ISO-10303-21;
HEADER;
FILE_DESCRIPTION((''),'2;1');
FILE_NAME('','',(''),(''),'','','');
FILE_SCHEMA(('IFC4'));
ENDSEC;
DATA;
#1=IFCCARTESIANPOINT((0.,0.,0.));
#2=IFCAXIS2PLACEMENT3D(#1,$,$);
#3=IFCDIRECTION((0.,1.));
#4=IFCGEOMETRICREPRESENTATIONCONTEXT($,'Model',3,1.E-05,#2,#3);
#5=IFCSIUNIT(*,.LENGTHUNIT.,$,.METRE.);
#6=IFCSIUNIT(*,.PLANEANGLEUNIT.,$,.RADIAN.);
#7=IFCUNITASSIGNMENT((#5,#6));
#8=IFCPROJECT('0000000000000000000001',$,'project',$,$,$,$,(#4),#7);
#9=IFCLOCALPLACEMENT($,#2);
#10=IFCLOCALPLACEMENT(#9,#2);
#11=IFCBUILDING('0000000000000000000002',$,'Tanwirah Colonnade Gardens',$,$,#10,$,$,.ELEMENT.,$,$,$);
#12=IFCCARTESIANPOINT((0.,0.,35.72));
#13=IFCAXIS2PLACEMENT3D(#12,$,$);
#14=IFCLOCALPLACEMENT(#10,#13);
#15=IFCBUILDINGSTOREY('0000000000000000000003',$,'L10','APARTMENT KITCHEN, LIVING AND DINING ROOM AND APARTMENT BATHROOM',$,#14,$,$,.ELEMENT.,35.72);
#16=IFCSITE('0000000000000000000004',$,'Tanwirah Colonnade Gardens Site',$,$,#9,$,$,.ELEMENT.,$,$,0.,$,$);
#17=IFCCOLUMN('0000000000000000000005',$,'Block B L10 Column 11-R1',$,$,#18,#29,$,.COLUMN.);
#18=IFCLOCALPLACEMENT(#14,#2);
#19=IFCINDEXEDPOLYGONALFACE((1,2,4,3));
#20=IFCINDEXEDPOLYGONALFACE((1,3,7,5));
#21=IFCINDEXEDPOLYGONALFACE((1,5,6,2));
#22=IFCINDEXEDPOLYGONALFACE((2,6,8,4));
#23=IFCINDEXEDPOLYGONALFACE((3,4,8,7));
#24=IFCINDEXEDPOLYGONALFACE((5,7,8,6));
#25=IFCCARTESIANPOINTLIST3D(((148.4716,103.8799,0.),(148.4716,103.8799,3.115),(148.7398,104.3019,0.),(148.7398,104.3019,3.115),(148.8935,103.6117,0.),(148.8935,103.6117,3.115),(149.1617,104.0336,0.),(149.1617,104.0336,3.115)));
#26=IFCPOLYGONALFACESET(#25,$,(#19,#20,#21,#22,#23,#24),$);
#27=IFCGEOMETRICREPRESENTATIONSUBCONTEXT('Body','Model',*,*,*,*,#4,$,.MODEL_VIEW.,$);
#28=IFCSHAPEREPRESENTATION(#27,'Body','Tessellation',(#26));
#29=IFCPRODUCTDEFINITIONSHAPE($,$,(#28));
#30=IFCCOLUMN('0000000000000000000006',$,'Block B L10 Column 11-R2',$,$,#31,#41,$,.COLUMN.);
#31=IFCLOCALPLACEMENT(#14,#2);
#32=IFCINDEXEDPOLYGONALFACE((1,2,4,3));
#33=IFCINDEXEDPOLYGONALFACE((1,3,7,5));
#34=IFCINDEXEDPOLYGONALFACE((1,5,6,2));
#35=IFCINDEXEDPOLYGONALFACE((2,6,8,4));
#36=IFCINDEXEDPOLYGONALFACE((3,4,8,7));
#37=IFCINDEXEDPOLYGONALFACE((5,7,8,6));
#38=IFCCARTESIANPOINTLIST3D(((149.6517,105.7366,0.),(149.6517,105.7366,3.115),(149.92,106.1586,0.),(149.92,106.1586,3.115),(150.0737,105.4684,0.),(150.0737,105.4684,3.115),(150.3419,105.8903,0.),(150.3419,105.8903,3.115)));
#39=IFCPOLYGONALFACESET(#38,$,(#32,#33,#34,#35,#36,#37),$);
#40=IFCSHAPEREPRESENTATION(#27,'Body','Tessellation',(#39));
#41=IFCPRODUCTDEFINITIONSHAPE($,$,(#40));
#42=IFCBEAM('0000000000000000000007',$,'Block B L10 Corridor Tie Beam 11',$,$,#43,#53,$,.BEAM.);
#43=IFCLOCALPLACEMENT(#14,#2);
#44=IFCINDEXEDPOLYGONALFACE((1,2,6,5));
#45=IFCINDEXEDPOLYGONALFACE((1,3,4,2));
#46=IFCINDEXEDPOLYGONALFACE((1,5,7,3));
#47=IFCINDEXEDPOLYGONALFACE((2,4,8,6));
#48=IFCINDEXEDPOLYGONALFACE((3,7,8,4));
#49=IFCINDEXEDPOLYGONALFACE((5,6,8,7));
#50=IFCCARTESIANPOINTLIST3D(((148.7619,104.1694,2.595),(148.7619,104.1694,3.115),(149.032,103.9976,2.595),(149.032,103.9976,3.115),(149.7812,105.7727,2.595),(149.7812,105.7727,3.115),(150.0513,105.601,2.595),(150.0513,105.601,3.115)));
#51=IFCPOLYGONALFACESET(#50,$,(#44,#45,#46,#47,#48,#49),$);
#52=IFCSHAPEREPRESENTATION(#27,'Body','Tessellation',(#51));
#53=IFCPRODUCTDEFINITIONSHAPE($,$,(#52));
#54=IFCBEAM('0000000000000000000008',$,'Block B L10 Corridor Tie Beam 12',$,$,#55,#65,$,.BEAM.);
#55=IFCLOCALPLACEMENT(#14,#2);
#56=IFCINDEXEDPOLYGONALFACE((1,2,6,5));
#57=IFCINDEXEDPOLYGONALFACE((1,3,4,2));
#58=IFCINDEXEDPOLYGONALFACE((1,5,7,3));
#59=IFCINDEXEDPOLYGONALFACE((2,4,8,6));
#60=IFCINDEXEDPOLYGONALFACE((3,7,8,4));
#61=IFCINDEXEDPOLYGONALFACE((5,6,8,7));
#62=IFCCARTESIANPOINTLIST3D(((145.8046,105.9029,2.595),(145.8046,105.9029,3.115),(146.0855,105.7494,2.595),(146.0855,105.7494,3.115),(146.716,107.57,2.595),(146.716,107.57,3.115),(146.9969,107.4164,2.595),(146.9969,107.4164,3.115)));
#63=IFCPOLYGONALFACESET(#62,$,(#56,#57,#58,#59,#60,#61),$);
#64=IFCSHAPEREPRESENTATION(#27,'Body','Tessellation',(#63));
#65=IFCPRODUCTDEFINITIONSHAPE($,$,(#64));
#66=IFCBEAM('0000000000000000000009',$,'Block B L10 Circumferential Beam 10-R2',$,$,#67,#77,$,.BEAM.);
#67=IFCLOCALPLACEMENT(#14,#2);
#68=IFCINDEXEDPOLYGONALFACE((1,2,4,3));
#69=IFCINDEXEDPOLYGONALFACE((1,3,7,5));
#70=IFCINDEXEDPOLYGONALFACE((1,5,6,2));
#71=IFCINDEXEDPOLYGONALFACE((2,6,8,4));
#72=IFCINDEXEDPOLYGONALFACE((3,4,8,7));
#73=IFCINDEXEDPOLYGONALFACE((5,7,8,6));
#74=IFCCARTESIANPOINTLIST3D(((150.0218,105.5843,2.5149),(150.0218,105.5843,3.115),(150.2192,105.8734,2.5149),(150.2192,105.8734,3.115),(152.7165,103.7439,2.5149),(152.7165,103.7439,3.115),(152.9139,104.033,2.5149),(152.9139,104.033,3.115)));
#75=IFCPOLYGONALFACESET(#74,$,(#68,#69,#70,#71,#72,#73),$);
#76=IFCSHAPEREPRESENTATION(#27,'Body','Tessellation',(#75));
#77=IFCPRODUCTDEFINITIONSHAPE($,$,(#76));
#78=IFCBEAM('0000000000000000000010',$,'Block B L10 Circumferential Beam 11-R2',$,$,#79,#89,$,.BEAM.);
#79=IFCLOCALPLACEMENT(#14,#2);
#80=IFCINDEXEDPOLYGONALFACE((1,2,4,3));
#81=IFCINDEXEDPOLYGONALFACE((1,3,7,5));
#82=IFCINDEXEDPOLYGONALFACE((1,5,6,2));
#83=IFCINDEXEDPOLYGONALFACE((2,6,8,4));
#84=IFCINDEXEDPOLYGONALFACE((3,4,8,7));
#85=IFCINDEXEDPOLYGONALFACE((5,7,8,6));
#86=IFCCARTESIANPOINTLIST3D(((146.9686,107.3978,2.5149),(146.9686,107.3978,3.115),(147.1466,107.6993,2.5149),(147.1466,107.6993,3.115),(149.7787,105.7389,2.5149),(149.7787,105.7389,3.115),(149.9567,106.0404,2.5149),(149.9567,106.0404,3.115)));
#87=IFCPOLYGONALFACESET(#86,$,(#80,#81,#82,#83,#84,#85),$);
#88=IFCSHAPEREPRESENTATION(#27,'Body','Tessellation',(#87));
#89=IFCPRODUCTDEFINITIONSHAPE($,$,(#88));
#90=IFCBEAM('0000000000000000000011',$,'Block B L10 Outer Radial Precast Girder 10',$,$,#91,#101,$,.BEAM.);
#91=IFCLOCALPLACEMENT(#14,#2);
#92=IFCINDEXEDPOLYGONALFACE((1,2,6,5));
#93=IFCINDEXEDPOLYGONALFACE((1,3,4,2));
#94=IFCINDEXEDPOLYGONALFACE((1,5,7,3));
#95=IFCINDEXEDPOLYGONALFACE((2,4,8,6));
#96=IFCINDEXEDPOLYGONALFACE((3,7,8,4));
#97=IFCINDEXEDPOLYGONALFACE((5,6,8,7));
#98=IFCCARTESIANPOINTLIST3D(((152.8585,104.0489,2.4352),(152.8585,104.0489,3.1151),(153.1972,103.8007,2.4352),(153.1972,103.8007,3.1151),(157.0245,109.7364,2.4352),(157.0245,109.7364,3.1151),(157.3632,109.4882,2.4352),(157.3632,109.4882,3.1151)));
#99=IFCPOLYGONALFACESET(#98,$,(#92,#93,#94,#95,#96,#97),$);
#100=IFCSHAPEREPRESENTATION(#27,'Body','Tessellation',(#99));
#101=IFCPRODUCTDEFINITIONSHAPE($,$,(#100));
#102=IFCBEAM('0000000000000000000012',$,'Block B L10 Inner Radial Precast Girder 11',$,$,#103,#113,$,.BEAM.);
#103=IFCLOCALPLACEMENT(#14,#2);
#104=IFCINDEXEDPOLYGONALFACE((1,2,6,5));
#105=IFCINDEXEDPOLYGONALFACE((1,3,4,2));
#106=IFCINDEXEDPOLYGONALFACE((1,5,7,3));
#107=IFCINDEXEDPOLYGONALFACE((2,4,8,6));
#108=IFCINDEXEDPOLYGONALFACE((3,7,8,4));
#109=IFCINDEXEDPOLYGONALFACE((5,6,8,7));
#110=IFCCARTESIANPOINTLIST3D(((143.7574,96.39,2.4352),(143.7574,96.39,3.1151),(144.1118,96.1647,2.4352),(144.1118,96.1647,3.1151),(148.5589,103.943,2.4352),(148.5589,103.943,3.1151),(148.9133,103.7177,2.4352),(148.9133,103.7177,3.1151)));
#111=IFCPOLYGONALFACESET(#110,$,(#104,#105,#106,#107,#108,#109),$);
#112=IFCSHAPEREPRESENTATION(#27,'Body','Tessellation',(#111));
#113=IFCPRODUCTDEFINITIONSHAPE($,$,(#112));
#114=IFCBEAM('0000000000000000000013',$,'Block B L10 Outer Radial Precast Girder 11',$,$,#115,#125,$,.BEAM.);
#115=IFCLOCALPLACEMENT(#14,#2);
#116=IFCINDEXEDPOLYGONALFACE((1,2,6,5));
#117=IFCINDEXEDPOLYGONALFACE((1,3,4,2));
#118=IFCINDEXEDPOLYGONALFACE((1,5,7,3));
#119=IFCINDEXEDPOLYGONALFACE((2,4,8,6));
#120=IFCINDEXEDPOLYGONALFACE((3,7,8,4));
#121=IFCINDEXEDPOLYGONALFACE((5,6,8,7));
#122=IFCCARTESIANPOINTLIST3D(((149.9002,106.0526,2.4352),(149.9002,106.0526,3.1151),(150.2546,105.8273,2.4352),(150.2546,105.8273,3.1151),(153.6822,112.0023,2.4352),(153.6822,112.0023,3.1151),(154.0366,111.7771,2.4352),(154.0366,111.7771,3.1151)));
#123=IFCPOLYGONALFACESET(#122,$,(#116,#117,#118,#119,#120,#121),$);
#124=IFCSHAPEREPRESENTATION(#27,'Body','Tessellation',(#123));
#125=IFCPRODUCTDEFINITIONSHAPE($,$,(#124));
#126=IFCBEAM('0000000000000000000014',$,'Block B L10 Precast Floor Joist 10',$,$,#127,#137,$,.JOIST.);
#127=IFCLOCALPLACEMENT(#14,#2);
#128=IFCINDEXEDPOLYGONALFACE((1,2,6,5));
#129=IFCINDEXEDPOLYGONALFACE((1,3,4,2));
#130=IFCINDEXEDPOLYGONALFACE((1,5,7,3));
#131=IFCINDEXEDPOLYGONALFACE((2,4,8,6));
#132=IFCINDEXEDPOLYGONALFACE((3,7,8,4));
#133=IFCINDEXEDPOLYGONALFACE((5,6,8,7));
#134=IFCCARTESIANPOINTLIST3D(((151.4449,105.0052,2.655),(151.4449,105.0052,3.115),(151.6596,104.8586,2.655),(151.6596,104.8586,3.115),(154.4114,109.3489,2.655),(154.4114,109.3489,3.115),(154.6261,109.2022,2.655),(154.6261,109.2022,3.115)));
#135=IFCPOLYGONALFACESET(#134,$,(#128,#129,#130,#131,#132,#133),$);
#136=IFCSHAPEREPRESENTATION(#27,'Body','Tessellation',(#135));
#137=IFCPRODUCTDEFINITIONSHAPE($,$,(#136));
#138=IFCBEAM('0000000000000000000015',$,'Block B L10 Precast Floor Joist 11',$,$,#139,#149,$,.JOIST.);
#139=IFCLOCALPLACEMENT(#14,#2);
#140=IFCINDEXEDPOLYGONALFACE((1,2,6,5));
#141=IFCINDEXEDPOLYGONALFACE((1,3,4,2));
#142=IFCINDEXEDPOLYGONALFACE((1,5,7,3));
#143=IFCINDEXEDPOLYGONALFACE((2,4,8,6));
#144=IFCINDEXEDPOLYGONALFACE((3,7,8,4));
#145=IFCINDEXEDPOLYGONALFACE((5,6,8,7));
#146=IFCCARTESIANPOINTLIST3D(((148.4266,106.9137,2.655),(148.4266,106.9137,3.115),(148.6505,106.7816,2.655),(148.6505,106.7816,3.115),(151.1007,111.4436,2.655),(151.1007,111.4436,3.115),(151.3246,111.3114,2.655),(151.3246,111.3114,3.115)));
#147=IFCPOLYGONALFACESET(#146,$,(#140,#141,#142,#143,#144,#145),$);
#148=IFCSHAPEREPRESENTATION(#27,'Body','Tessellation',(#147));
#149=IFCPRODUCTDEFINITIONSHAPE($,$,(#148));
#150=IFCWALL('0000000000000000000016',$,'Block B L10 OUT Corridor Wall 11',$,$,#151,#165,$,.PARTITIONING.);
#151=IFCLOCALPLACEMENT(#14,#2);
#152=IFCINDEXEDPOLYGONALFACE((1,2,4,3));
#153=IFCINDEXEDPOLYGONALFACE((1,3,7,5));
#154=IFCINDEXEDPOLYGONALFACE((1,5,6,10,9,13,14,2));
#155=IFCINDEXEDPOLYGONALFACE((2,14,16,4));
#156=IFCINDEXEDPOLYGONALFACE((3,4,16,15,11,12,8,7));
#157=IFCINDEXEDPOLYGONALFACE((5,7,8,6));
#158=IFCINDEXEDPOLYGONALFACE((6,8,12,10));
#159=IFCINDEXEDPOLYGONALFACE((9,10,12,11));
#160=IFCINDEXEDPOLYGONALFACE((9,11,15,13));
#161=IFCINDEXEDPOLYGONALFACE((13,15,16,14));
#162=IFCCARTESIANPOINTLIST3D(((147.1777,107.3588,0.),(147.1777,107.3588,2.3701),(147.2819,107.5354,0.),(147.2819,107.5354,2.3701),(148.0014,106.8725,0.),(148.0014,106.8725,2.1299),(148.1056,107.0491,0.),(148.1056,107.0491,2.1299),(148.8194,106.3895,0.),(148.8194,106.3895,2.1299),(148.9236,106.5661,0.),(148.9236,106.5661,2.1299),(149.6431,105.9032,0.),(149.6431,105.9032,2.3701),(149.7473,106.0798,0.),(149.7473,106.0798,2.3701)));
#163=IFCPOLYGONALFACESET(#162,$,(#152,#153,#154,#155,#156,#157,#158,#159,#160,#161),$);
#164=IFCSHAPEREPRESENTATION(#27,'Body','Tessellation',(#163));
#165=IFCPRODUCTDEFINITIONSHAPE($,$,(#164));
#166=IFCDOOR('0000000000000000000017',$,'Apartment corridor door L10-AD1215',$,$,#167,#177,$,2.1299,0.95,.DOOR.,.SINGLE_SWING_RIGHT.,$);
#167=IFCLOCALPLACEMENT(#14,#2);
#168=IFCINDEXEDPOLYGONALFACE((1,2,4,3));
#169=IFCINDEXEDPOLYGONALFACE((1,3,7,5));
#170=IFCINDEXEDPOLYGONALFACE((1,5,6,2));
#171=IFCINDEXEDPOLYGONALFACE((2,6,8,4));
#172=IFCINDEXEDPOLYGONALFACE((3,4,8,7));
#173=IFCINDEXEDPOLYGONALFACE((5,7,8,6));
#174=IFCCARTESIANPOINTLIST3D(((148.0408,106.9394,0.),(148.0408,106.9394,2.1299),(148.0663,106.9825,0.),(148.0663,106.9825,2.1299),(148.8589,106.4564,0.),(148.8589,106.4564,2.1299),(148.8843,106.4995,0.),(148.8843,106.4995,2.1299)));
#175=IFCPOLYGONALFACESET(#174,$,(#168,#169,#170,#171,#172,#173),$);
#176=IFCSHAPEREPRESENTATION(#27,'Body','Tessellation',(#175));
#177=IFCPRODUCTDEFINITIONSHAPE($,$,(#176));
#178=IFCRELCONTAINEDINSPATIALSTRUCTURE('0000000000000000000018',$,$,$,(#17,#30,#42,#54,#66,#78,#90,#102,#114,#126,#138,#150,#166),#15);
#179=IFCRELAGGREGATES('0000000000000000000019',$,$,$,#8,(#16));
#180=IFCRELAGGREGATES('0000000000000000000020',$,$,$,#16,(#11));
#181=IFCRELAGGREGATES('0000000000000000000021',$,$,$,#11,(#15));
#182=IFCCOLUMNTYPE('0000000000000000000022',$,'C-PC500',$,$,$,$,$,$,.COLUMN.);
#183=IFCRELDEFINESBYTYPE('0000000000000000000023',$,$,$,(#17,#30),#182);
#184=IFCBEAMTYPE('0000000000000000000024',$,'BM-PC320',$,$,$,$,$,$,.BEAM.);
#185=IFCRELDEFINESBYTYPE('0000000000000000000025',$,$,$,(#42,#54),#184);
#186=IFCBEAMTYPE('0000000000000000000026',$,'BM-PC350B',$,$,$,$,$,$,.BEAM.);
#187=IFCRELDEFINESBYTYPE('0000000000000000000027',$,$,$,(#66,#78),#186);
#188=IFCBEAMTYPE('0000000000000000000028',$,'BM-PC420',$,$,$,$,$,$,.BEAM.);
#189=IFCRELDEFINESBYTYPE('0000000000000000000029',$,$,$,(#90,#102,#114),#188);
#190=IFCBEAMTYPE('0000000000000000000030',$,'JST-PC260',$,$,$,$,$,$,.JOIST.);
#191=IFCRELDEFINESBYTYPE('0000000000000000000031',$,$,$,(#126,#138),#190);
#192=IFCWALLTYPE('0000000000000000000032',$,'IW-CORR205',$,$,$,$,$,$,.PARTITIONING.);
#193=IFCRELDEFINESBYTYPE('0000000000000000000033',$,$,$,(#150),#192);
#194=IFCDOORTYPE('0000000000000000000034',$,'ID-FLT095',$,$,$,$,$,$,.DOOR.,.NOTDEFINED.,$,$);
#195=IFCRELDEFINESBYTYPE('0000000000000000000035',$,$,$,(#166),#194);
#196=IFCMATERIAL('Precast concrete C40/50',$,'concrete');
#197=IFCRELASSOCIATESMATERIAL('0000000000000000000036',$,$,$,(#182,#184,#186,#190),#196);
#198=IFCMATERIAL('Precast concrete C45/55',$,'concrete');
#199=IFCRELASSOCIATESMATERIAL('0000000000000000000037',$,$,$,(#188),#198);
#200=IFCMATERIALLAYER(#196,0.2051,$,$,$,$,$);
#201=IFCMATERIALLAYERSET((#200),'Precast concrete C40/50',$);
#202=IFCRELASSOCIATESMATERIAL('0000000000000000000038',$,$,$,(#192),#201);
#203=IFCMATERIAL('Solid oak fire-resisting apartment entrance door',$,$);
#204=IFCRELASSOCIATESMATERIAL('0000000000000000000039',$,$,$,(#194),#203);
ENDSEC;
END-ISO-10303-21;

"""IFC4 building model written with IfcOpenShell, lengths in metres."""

from ifc_helpers import new_model, si_unit, direction, frame, frame_2d, origin, origin_2d, place, context, subcontext, project, spatial, rectangle, extrude, material, layer, layer_set, material_profile, profile_set, type_object, element, fill, save


model = new_model("IFC4")

# Units and contexts
model_context = context("Model", 3, precision=1e-05, world=origin(), true_north=direction((0.0, 1.0)))
body_context = subcontext(model_context, "Body", "Model", "MODEL_VIEW")
ifc_project = project(units=[si_unit("LENGTHUNIT", "METRE"), si_unit("PLANEANGLEUNIT", "RADIAN")], contexts=[model_context])

# Site, building, storey
site_placement = place(None, origin())
site = spatial("IfcSite", under=ifc_project, at=site_placement, Name="Tanwirah Colonnade Gardens Site", CompositionType="ELEMENT", RefElevation=0.0)
building_placement = place(site_placement, origin())
building = spatial("IfcBuilding", under=site, at=building_placement, Name="Tanwirah Colonnade Gardens", CompositionType="ELEMENT")
storey_placement = place(building_placement, frame((0.0, 0.0, 35.72)))
storey = spatial("IfcBuildingStorey", under=building, at=storey_placement, Name="L10", Description="APARTMENT KITCHEN, LIVING AND DINING ROOM AND APARTMENT BATHROOM", CompositionType="ELEMENT", Elevation=35.72)

# Columns
ifc_material_1 = material(Name="Precast concrete C40/50", Category="concrete")
ifc_material_profile_1 = material_profile(ifc_material_1, rectangle(XDim=0.5, YDim=0.5, at=origin_2d()), Name="PC-COL 500x500")
ifc_profile_set_1 = profile_set([ifc_material_profile_1], Name="Precast concrete C40/50")
column_type = type_object("IfcColumnType", Name="C-PC500", PredefinedType="COLUMN", material=ifc_profile_set_1)
for number, where, z_axis, x_axis, name in (
    (1, (148.8167, 103.9568, 0.0), (0.0, 0.0, 1.0), (0.536482, 0.843912, 0.0), "Block B L10 Column 11-R1"),
    (2, (149.9968, 105.8135, 0.0), (0.0, 0.0, 1.0), (0.536482, 0.843912, 0.0), "Block B L10 Column 11-R2"),
):
    element("IfcColumn", number, at=place(storey_placement, frame(where, z_axis=z_axis, x_axis=x_axis)), inside=storey, type_object=column_type, Name=name, PredefinedType="COLUMN", context=body_context, shape_type="SweptSolid", body=[
        extrude(rectangle(XDim=0.5, YDim=0.5, at=origin_2d()), origin(), (0.0, 0.0, 1.0), 3.115),
    ])

# Beams
ifc_material_profile_2 = material_profile(ifc_material_1, rectangle(XDim=0.3201, YDim=0.52, at=origin_2d()), Name="PC-BM 320x520")
ifc_profile_set_2 = profile_set([ifc_material_profile_2], Name="Precast concrete C40/50")
beam_type_1 = type_object("IfcBeamType", Name="BM-PC320", PredefinedType="BEAM", material=ifc_profile_set_2)
for number, where, z_axis, x_axis, name in (
    (3, (148.897, 104.0835, 2.855), (0.53651, 0.843894, 0.0), (-0.843894, 0.53651, 0.0), "Block B L10 Corridor Tie Beam 11"),
    (4, (145.9451, 105.8262, 2.855), (0.479707, 0.877429, 0.0), (-0.877429, 0.479707, 0.0), "Block B L10 Corridor Tie Beam 12"),
):
    element("IfcBeam", number, at=place(storey_placement, frame(where, z_axis=z_axis, x_axis=x_axis)), inside=storey, type_object=beam_type_1, Name=name, PredefinedType="BEAM", context=body_context, shape_type="SweptSolid", body=[
        extrude(rectangle(XDim=0.3201, YDim=0.52, at=origin_2d()), origin(), (0.0, 0.0, 1.0), 1.8999),
    ])
ifc_material_profile_3 = material_profile(ifc_material_1, rectangle(XDim=0.3501, YDim=0.6001, at=origin_2d()), Name="PC-BM 350x600")
ifc_profile_set_3 = profile_set([ifc_material_profile_3], Name="Precast concrete C40/50")
beam_type_2 = type_object("IfcBeamType", Name="BM-PC350B", PredefinedType="BEAM", material=ifc_profile_set_3)
for number, where, z_axis, x_axis, name in (
    (5, (152.8152, 103.8884, 2.8149), (-0.825782, 0.563989, 0.0), (-0.563989, -0.825782, 0.0), "Block B L10 Circumferential Beam 10-R2"),
    (6, (149.8677, 105.8896, 2.8149), (-0.861135, 0.508376, 0.0), (-0.508376, -0.861135, 0.0), "Block B L10 Circumferential Beam 11-R2"),
):
    element("IfcBeam", number, at=place(storey_placement, frame(where, z_axis=z_axis, x_axis=x_axis)), inside=storey, type_object=beam_type_2, Name=name, PredefinedType="BEAM", context=body_context, shape_type="SweptSolid", body=[
        extrude(rectangle(XDim=0.3501, YDim=0.6001, at=origin_2d()), origin(), (0.0, 0.0, 1.0), 3.2632),
    ])
ifc_material_2 = material(Name="Precast concrete C45/55", Category="concrete")
ifc_material_profile_4 = material_profile(ifc_material_2, rectangle(XDim=0.4199, YDim=0.6799, at=origin_2d()), Name="PC-BM 420x680")
ifc_profile_set_4 = profile_set([ifc_material_profile_4], Name="Precast concrete C45/55")
beam_type_3 = type_object("IfcBeamType", Name="BM-PC420", PredefinedType="BEAM", material=ifc_profile_set_4)
beam_1_placement = place(storey_placement, frame((153.0278, 103.9248, 2.7751), z_axis=(0.590919, 0.806731, 0.0), x_axis=(-0.806731, 0.590919, 0.0)))
element("IfcBeam", 7, at=beam_1_placement, inside=storey, type_object=beam_type_3, Name="Block B L10 Outer Radial Precast Girder 10", PredefinedType="BEAM", context=body_context, shape_type="SweptSolid", body=[
    extrude(rectangle(XDim=0.4199, YDim=0.6799, at=origin_2d()), origin(), (0.0, 0.0, 1.0), 7.05),
])
beam_2_placement = place(storey_placement, frame((148.7361, 103.8303, 2.7751), z_axis=(-0.536484, -0.843911, 0.0), x_axis=(0.843911, -0.536484, 0.0)))
element("IfcBeam", 8, at=beam_2_placement, inside=storey, type_object=beam_type_3, Name="Block B L10 Inner Radial Precast Girder 11", PredefinedType="BEAM", context=body_context, shape_type="SweptSolid", body=[
    extrude(rectangle(XDim=0.4199, YDim=0.6799, at=origin_2d()), origin(), (0.0, 0.0, 1.0), 8.95),
])
beam_3_placement = place(storey_placement, frame((150.0774, 105.9399, 2.7751), z_axis=(0.536452, 0.843931, 0.0), x_axis=(-0.843931, 0.536452, 0.0)))
element("IfcBeam", 9, at=beam_3_placement, inside=storey, type_object=beam_type_3, Name="Block B L10 Outer Radial Precast Girder 11", PredefinedType="BEAM", context=body_context, shape_type="SweptSolid", body=[
    extrude(rectangle(XDim=0.4199, YDim=0.6799, at=origin_2d()), origin(), (0.0, 0.0, 1.0), 7.05),
])
ifc_material_profile_5 = material_profile(ifc_material_1, rectangle(XDim=0.26, YDim=0.46, at=origin_2d()), Name="PC-JST 260x460")
ifc_profile_set_5 = profile_set([ifc_material_profile_5], Name="Precast concrete C40/50")
beam_type_4 = type_object("IfcBeamType", Name="JST-PC260", PredefinedType="JOIST", material=ifc_profile_set_5)
beam_4_placement = place(storey_placement, frame((151.5522, 104.9319, 2.885), z_axis=(0.563973, 0.825793, 0.0), x_axis=(-0.825793, 0.563973, 0.0)))
element("IfcBeam", 10, at=beam_4_placement, inside=storey, type_object=beam_type_4, Name="Block B L10 Precast Floor Joist 10", PredefinedType="JOIST", context=body_context, shape_type="SweptSolid", body=[
    extrude(rectangle(XDim=0.26, YDim=0.46, at=origin_2d()), origin(), (0.0, 0.0, 1.0), 5.26),
])
beam_5_placement = place(storey_placement, frame((148.5386, 106.8477, 2.885), z_axis=(0.50836, 0.861145, 0.0), x_axis=(-0.861145, 0.50836, 0.0)))
element("IfcBeam", 11, at=beam_5_placement, inside=storey, type_object=beam_type_4, Name="Block B L10 Precast Floor Joist 11", PredefinedType="JOIST", context=body_context, shape_type="SweptSolid", body=[
    extrude(rectangle(XDim=0.26, YDim=0.46, at=origin_2d()), origin(), (0.0, 0.0, 1.0), 5.2603),
])

# Wall, opening, door
ifc_layer_1 = layer(ifc_material_1, 0.2051)
ifc_layer_set_1 = layer_set([ifc_layer_1], Name="Precast concrete C40/50")
wall_type_1 = type_object("IfcWallType", Name="IW-CORR205", PredefinedType="PARTITIONING", material=ifc_layer_set_1)
ifc_material_3 = material(Name="Solid oak fire-resisting apartment entrance door")
wall_1_placement = place(storey_placement, frame((149.6953, 105.9915, 0.0), z_axis=(0.0, 0.0, 1.0), x_axis=(-0.861113, 0.508413, 0.0)))
wall_1 = element("IfcWall", 12, at=wall_1_placement, inside=storey, type_object=wall_type_1, Name="Block B L10 OUT Corridor Wall 11", PredefinedType="PARTITIONING", context=body_context, shape_type="SweptSolid", body=[
    extrude(rectangle(XDim=2.863, YDim=0.2051, at=frame_2d((1.4316, 0.0))), origin(), (0.0, 0.0, 1.0), 2.3701),
])
opening_1_placement = place(wall_1_placement, frame((0.9565, 0.0, 0.0)))
opening_1 = element("IfcOpeningElement", 13, at=opening_1_placement, cuts=wall_1, PredefinedType="OPENING", context=body_context, shape_type="SweptSolid", body=[
    extrude(rectangle(XDim=0.95, YDim=2.1299, at=frame_2d((0.4751, 1.0649))), frame((0.0, 0.1125, 0.0), z_axis=(0.0, -1.0, 0.0), x_axis=(1.0, 0.0, 0.0)), (0.0, 0.0, 1.0), 0.2251),
])
door_type_1 = type_object("IfcDoorType", Name="ID-FLT095", OperationType="NOTDEFINED", PredefinedType="DOOR", material=ifc_material_3)
door_1_placement = place(opening_1_placement, origin())
door_1 = element("IfcDoor", 14, at=door_1_placement, inside=storey, type_object=door_type_1, Name="Apartment corridor door L10-AD1215", OperationType="SINGLE_SWING_RIGHT", OverallHeight=2.1299, OverallWidth=0.95, PredefinedType="DOOR", context=body_context, shape_type="SweptSolid", body=[
    extrude(rectangle(XDim=0.95, YDim=2.1299, at=frame_2d((0.4751, 1.0649))), frame((0.0, 0.0249, 0.0), z_axis=(0.0, -1.0, 0.0), x_axis=(1.0, 0.0, 0.0)), (0.0, 0.0, 1.0), 0.05),
])
fill(opening_1, door_1)

save(model, "model.ifc")
